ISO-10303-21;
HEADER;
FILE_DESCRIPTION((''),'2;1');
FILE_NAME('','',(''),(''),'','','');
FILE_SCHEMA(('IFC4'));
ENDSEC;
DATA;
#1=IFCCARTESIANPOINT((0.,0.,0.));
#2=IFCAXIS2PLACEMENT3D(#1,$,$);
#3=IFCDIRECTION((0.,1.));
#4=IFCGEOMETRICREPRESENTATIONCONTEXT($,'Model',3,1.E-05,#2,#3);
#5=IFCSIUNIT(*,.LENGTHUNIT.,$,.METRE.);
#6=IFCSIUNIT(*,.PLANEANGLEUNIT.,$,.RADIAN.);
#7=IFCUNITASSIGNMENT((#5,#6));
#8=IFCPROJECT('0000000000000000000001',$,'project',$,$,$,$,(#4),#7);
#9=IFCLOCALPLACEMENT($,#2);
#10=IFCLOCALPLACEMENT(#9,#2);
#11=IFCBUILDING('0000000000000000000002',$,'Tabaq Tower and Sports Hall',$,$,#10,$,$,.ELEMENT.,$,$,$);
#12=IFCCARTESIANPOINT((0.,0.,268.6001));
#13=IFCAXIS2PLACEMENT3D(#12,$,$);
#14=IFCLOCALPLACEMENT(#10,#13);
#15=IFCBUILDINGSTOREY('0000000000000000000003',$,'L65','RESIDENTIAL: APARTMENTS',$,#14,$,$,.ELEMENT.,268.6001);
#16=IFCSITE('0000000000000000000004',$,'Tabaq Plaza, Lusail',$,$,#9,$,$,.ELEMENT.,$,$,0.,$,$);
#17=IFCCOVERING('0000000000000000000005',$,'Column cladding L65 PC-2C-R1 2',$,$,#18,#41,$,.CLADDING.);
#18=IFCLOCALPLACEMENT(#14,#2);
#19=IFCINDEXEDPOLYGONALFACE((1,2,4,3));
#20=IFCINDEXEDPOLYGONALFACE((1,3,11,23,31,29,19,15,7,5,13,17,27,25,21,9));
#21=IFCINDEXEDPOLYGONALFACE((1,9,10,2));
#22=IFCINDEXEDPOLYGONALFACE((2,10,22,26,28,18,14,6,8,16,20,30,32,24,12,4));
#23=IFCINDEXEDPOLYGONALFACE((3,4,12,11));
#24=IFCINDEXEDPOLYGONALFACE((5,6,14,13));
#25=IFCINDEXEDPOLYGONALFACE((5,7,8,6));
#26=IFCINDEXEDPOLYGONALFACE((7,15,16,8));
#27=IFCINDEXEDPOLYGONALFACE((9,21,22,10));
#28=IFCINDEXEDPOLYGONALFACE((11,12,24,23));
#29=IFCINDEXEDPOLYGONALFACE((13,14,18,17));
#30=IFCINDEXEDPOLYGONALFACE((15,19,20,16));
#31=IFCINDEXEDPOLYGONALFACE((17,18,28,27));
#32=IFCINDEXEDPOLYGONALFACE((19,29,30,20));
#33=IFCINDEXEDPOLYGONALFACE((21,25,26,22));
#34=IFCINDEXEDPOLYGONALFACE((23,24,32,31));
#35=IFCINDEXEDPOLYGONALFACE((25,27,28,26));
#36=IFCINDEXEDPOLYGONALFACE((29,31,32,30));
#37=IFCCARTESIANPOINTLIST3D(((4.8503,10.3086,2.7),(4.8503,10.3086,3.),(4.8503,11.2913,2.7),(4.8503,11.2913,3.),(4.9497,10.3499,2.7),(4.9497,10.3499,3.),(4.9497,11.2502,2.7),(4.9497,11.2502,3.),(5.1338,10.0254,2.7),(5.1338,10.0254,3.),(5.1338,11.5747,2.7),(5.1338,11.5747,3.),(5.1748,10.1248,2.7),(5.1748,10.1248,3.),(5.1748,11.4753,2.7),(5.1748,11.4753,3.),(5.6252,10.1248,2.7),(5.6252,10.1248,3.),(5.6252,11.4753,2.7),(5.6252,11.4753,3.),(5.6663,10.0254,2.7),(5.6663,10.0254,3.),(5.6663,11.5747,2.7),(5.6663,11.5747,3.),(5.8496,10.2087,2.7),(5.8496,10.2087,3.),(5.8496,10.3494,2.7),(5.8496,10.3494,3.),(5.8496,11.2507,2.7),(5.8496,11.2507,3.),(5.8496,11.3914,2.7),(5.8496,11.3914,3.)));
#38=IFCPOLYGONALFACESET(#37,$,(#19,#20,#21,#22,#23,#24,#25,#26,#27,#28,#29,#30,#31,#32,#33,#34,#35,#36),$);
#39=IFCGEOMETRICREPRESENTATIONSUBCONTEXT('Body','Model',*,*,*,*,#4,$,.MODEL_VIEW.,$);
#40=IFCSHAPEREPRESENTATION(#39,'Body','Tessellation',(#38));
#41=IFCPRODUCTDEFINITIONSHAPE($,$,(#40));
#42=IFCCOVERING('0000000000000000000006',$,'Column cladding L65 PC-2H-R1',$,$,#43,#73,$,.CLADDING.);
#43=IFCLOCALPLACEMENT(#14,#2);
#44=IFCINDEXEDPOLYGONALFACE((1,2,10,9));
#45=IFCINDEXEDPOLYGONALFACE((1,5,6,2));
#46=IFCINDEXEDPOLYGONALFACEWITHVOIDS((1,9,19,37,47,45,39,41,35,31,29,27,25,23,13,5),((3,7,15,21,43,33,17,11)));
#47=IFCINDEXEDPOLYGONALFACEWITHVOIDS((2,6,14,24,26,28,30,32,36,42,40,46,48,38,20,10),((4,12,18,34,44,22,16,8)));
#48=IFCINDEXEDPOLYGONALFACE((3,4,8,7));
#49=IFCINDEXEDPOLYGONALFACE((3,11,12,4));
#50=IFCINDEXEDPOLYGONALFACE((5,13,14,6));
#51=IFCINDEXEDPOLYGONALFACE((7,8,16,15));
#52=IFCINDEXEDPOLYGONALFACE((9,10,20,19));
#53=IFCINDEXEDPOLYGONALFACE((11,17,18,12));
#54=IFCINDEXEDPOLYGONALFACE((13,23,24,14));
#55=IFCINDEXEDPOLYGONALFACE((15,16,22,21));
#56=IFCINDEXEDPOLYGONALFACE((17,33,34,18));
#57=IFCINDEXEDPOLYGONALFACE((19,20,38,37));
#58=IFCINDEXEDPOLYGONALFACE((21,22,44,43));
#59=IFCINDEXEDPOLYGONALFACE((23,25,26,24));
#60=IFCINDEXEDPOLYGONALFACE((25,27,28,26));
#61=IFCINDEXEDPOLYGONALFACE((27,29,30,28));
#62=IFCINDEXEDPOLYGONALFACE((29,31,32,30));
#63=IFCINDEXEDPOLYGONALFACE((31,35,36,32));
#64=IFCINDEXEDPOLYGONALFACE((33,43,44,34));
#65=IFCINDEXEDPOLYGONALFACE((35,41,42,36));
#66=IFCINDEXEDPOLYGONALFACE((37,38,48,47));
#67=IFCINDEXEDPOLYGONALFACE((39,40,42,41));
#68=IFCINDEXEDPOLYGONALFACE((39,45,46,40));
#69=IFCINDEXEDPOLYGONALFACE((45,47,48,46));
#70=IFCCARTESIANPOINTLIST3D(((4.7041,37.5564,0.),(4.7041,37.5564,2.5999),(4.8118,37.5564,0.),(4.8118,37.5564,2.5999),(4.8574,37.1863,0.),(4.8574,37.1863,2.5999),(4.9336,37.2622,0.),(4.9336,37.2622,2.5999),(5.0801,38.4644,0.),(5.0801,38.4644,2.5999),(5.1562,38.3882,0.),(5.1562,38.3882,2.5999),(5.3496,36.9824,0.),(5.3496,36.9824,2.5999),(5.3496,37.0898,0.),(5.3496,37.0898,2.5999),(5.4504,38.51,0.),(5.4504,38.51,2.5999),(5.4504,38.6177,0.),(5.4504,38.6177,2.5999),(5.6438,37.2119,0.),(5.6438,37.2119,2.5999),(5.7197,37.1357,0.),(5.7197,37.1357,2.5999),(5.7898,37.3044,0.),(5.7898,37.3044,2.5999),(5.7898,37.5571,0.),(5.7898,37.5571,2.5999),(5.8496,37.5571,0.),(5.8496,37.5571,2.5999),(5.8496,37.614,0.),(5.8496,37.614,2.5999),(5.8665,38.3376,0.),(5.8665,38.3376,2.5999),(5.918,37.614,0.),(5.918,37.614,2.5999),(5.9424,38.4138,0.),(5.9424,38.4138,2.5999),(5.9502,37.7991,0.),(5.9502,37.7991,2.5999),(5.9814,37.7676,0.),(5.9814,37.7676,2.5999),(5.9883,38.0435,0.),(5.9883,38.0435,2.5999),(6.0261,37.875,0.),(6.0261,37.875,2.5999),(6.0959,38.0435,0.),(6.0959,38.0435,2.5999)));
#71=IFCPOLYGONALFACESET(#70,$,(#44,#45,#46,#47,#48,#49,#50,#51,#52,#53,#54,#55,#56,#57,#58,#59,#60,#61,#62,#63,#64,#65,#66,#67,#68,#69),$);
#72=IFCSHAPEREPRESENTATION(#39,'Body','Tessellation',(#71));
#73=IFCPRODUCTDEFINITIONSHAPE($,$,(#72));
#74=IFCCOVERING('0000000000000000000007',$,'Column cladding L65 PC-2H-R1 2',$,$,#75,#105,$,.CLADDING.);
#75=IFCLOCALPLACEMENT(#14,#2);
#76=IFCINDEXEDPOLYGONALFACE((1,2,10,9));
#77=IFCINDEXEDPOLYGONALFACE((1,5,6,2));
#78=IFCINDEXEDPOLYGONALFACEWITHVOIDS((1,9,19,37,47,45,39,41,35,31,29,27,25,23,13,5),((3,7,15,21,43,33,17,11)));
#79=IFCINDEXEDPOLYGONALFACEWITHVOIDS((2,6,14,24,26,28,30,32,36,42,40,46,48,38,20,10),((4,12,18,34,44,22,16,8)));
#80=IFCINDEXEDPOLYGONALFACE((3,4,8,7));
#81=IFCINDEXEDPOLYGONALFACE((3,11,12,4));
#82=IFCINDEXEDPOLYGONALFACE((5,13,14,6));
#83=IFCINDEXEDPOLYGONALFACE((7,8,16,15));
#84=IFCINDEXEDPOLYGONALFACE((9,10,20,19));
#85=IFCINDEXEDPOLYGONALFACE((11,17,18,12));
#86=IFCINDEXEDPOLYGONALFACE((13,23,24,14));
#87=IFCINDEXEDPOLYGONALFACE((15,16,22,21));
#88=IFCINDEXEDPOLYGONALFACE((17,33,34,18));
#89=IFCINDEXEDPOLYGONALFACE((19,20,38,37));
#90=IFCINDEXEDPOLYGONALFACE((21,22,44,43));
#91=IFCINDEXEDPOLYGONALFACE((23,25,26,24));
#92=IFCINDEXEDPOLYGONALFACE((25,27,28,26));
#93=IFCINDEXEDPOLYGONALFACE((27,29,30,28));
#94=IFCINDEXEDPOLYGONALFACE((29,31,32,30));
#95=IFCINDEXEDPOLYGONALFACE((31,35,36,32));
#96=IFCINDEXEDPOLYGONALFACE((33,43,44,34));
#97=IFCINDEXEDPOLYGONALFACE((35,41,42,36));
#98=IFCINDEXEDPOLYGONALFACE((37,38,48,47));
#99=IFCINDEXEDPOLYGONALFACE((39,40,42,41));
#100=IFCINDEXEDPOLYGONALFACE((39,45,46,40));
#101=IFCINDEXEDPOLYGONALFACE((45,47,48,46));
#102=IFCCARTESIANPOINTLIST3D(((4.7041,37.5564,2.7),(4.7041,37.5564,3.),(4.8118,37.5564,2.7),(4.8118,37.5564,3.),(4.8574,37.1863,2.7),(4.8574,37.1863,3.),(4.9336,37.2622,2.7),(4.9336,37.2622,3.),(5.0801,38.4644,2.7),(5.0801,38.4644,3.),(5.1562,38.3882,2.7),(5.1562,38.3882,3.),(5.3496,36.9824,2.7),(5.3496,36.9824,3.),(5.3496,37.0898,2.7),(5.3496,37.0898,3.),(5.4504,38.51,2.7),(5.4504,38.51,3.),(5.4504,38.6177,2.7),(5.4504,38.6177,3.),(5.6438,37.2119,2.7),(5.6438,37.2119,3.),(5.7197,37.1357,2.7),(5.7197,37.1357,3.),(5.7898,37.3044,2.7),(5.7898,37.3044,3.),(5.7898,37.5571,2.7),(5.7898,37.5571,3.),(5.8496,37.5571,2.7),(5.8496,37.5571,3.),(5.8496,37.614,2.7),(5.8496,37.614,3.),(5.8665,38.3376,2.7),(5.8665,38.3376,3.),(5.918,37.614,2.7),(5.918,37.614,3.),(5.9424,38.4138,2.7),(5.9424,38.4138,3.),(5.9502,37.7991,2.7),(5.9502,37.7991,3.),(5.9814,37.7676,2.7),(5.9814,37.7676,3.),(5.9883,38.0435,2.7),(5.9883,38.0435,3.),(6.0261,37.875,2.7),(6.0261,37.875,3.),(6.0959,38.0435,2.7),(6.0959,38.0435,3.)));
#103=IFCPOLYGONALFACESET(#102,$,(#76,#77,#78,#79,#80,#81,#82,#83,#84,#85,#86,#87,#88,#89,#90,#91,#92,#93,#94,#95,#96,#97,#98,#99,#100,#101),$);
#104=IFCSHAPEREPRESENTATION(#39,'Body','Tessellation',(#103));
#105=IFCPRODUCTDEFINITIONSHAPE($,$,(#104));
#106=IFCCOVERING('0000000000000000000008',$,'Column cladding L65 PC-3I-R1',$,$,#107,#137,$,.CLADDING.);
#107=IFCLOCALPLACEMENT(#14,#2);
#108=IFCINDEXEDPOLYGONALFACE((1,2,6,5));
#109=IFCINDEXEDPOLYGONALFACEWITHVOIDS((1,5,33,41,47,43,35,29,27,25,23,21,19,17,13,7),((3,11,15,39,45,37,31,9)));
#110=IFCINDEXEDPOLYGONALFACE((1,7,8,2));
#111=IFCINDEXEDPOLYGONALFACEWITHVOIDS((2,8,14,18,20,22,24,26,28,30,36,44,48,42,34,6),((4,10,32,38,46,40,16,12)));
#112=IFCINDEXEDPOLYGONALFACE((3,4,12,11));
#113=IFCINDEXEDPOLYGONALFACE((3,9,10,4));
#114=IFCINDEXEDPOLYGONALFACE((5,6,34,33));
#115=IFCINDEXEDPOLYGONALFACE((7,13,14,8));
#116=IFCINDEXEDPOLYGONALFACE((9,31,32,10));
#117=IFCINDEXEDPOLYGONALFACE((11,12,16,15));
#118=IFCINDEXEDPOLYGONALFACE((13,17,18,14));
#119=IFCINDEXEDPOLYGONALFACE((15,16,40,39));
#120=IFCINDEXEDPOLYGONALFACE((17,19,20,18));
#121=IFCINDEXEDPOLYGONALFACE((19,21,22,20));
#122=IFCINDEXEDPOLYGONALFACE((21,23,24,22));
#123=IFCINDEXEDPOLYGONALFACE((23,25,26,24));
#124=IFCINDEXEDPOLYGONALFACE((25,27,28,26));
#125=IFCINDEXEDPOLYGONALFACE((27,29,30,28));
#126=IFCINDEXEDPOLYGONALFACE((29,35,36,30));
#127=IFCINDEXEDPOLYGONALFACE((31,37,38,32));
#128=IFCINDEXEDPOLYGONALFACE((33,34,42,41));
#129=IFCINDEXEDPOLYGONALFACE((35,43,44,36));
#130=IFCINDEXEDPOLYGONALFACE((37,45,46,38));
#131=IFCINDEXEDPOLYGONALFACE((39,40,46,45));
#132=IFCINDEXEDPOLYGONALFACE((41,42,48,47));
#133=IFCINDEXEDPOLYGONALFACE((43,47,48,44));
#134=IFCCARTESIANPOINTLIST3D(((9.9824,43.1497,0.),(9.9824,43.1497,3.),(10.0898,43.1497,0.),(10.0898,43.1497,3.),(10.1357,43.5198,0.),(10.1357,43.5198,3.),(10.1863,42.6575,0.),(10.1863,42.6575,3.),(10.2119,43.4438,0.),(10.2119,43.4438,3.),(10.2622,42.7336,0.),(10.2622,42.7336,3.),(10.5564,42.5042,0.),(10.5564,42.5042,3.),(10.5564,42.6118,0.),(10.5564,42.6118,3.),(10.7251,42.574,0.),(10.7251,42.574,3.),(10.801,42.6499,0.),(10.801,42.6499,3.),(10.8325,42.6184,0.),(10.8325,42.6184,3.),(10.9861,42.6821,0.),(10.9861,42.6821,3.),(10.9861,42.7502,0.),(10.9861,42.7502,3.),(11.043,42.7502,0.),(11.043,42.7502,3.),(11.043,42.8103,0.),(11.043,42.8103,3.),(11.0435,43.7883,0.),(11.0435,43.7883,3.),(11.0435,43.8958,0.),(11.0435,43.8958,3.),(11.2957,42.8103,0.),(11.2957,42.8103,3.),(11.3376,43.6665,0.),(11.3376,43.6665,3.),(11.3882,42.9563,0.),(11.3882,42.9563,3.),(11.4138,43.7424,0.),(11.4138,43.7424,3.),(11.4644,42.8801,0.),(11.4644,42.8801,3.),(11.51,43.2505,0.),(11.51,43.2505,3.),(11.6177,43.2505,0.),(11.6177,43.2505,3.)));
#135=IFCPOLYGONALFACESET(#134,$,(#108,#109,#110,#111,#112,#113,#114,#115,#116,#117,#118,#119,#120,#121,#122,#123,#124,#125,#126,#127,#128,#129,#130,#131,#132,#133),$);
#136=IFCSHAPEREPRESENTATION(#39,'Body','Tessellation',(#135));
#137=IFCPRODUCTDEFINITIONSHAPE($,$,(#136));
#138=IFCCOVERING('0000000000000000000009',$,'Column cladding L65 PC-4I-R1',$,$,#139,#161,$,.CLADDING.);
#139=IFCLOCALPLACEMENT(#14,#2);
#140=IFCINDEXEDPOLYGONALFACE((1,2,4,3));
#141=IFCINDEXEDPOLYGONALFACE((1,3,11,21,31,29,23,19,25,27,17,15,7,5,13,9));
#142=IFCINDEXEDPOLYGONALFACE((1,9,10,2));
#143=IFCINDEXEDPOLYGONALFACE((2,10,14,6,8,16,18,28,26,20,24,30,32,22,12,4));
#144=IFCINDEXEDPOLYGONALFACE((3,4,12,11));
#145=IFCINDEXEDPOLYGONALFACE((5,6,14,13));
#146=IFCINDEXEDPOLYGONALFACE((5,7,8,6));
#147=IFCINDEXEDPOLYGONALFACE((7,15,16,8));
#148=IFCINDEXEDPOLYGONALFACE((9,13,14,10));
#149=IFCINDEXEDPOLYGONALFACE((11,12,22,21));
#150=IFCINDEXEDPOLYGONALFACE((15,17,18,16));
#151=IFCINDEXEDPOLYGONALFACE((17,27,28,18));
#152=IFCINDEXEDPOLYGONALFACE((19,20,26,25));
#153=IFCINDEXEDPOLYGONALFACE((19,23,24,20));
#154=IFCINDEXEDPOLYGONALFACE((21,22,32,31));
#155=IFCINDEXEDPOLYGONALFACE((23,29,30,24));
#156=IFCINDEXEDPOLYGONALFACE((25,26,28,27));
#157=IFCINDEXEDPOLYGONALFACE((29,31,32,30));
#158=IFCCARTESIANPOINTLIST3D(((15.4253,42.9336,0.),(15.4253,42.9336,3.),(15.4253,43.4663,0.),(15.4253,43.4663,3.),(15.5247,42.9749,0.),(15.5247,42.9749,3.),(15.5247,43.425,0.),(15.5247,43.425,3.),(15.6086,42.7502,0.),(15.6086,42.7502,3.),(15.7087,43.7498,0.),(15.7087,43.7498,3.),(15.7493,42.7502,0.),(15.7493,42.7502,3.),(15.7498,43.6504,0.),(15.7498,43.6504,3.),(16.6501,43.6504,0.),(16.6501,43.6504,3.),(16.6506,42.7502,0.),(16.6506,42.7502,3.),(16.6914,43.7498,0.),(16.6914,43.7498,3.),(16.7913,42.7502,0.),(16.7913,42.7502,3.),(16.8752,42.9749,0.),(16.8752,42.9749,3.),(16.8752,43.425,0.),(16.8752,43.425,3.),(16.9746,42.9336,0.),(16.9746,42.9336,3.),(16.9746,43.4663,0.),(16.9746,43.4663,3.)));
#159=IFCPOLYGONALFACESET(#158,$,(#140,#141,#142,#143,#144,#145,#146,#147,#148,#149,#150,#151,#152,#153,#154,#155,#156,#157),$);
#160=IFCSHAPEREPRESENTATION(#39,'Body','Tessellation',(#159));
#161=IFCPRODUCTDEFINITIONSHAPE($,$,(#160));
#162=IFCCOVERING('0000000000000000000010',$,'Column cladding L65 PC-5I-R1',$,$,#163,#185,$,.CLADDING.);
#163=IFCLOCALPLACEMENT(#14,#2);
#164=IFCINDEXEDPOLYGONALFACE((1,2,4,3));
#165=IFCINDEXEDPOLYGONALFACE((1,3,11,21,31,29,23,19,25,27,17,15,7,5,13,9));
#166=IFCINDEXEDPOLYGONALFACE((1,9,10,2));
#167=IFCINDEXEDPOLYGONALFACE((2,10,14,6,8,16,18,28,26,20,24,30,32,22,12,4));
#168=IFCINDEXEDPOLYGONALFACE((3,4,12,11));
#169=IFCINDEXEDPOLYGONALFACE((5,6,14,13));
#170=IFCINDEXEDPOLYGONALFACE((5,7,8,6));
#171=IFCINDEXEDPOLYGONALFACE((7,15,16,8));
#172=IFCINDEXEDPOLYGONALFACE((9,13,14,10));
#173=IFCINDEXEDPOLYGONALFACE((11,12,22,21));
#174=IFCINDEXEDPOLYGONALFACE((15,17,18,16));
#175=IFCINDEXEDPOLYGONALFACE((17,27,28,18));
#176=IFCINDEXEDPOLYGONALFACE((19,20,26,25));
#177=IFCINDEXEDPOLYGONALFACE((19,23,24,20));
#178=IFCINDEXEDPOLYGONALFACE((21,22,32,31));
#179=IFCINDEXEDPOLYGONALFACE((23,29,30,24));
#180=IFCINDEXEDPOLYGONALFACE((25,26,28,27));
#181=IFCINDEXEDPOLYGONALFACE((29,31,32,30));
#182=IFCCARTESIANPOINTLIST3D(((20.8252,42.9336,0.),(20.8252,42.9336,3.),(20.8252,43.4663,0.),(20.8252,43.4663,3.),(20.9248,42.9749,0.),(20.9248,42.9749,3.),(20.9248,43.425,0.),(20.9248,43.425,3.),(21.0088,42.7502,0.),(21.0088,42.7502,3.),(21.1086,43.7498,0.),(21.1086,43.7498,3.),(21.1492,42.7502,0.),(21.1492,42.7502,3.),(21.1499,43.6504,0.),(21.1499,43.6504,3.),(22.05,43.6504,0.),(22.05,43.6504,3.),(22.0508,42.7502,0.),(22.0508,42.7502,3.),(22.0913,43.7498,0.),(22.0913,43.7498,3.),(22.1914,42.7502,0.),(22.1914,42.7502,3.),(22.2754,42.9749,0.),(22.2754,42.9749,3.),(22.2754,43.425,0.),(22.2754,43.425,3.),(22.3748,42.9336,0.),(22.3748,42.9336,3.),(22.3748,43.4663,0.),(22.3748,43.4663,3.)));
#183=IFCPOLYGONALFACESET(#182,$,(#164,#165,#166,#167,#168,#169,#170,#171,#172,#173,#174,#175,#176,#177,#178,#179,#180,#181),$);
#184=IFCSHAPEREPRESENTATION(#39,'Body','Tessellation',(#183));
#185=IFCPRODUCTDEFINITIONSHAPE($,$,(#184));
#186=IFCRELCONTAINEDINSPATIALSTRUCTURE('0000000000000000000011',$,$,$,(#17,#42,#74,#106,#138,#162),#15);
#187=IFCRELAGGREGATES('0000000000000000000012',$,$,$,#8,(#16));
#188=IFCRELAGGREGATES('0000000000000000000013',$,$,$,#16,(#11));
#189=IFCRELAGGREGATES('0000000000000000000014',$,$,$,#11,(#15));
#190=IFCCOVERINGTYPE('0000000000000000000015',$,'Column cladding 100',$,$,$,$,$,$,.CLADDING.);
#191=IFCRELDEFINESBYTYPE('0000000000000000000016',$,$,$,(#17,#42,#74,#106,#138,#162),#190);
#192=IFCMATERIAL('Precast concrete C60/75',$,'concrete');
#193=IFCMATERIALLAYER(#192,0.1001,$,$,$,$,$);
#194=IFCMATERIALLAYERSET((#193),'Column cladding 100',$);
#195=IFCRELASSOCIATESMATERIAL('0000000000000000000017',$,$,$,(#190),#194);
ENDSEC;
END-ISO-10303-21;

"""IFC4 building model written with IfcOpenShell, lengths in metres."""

from ifc_helpers import new_model, si_unit, direction, frame, origin, place, context, subcontext, project, spatial, polyline, outline, extrude, material, layer, layer_set, type_object, element, save


model = new_model("IFC4")

# Units and contexts
model_context = context("Model", 3, precision=1e-05, world=origin(), true_north=direction((0.0, 1.0)))
body_context = subcontext(model_context, "Body", "Model", "MODEL_VIEW")
ifc_project = project(units=[si_unit("LENGTHUNIT", "METRE"), si_unit("PLANEANGLEUNIT", "RADIAN")], contexts=[model_context])

# Site, building, storey
site_placement = place(None, origin())
site = spatial("IfcSite", under=ifc_project, at=site_placement, Name="Tabaq Plaza, Lusail", CompositionType="ELEMENT", RefElevation=0.0)
building_placement = place(site_placement, origin())
building = spatial("IfcBuilding", under=site, at=building_placement, Name="Tabaq Tower and Sports Hall", CompositionType="ELEMENT")
storey_placement = place(building_placement, frame((0.0, 0.0, 268.6001)))
storey = spatial("IfcBuildingStorey", under=building, at=storey_placement, Name="L65", Description="RESIDENTIAL: APARTMENTS", CompositionType="ELEMENT", Elevation=268.6001)

# Coverings
ifc_material_1 = material(Name="Precast concrete C60/75", Category="concrete")
ifc_layer_1 = layer(ifc_material_1, 0.1001)
ifc_layer_set_1 = layer_set([ifc_layer_1], Name="Column cladding 100")
covering_type_1 = type_object("IfcCoveringType", Name="Column cladding 100", PredefinedType="CLADDING", material=ifc_layer_set_1)
covering_1_placement = place(storey_placement, frame((0.0, 0.0, 2.7)))
element("IfcCovering", 1, at=covering_1_placement, inside=storey, type_object=covering_type_1, Name="Column cladding L65 PC-2C-R1 2", PredefinedType="CLADDING", context=body_context, shape_type="SweptSolid", body=[
    extrude(outline(polyline([(5.1338, 10.0254), (4.8503, 10.3086), (4.8503, 11.2913), (5.1338, 11.5747), (5.6663, 11.5747), (5.8496, 11.3914), (5.8496, 11.2507), (5.6252, 11.4753), (5.1748, 11.4753), (4.9497, 11.2502), (4.9497, 10.3499), (5.1748, 10.1248), (5.6252, 10.1248), (5.8496, 10.3494), (5.8496, 10.2087), (5.6663, 10.0254), (5.1338, 10.0254)])), origin(), (0.0, 0.0, 1.0), 0.3),
])
covering_2_placement = place(storey_placement, origin())
element("IfcCovering", 2, at=covering_2_placement, inside=storey, type_object=covering_type_1, Name="Column cladding L65 PC-2H-R1", PredefinedType="CLADDING", context=body_context, shape_type="SweptSolid", body=[
    extrude(outline(polyline([(4.8574, 37.1863), (4.7041, 37.5564), (5.0801, 38.4644), (5.4504, 38.6177), (5.9424, 38.4138), (6.0959, 38.0435), (6.0261, 37.875), (5.9502, 37.7991), (5.9814, 37.7676), (5.918, 37.614), (5.8496, 37.614), (5.8496, 37.5571), (5.7898, 37.5571), (5.7898, 37.3044), (5.7197, 37.1357), (5.3496, 36.9824), (4.8574, 37.1863)]), holes=[polyline([(5.8665, 38.3376), (5.4504, 38.51), (5.1562, 38.3882), (4.8118, 37.5564), (4.9336, 37.2622), (5.3496, 37.0898), (5.6438, 37.2119), (5.9883, 38.0435), (5.8665, 38.3376)])]), origin(), (0.0, 0.0, 1.0), 2.5999),
])
covering_3_placement = place(storey_placement, frame((0.0, 0.0, 2.7)))
element("IfcCovering", 3, at=covering_3_placement, inside=storey, type_object=covering_type_1, Name="Column cladding L65 PC-2H-R1 2", PredefinedType="CLADDING", context=body_context, shape_type="SweptSolid", body=[
    extrude(outline(polyline([(4.8574, 37.1863), (4.7041, 37.5564), (5.0801, 38.4644), (5.4504, 38.6177), (5.9424, 38.4138), (6.0959, 38.0435), (6.0261, 37.875), (5.9502, 37.7991), (5.9814, 37.7676), (5.918, 37.614), (5.8496, 37.614), (5.8496, 37.5571), (5.7898, 37.5571), (5.7898, 37.3044), (5.7197, 37.1357), (5.3496, 36.9824), (4.8574, 37.1863)]), holes=[polyline([(5.8665, 38.3376), (5.4504, 38.51), (5.1562, 38.3882), (4.8118, 37.5564), (4.9336, 37.2622), (5.3496, 37.0898), (5.6438, 37.2119), (5.9883, 38.0435), (5.8665, 38.3376)])]), origin(), (0.0, 0.0, 1.0), 0.3),
])
covering_4_placement = place(storey_placement, origin())
element("IfcCovering", 4, at=covering_4_placement, inside=storey, type_object=covering_type_1, Name="Column cladding L65 PC-3I-R1", PredefinedType="CLADDING", context=body_context, shape_type="SweptSolid", body=[
    extrude(outline(polyline([(9.9824, 43.1497), (10.1357, 43.5198), (11.0435, 43.8958), (11.4138, 43.7424), (11.6177, 43.2505), (11.4644, 42.8801), (11.2957, 42.8103), (11.043, 42.8103), (11.043, 42.7502), (10.9861, 42.7502), (10.9861, 42.6821), (10.8325, 42.6184), (10.801, 42.6499), (10.7251, 42.574), (10.5564, 42.5042), (10.1863, 42.6575), (9.9824, 43.1497)]), holes=[polyline([(11.51, 43.2505), (11.3376, 43.6665), (11.0435, 43.7883), (10.2119, 43.4438), (10.0898, 43.1497), (10.2622, 42.7336), (10.5564, 42.6118), (11.3882, 42.9563), (11.51, 43.2505)])]), origin(), (0.0, 0.0, 1.0), 3.0),
])
covering_5_placement = place(storey_placement, origin())
element("IfcCovering", 5, at=covering_5_placement, inside=storey, type_object=covering_type_1, Name="Column cladding L65 PC-4I-R1", PredefinedType="CLADDING", context=body_context, shape_type="SweptSolid", body=[
    extrude(outline(polyline([(15.4253, 43.4663), (15.7087, 43.7498), (16.6914, 43.7498), (16.9746, 43.4663), (16.9746, 42.9336), (16.7913, 42.7502), (16.6506, 42.7502), (16.8752, 42.9749), (16.8752, 43.425), (16.6501, 43.6504), (15.7498, 43.6504), (15.5247, 43.425), (15.5247, 42.9749), (15.7493, 42.7502), (15.6086, 42.7502), (15.4253, 42.9336), (15.4253, 43.4663)])), origin(), (0.0, 0.0, 1.0), 3.0),
])
covering_6_placement = place(storey_placement, origin())
element("IfcCovering", 6, at=covering_6_placement, inside=storey, type_object=covering_type_1, Name="Column cladding L65 PC-5I-R1", PredefinedType="CLADDING", context=body_context, shape_type="SweptSolid", body=[
    extrude(outline(polyline([(20.8252, 43.4663), (21.1086, 43.7498), (22.0913, 43.7498), (22.3748, 43.4663), (22.3748, 42.9336), (22.1914, 42.7502), (22.0508, 42.7502), (22.2754, 42.9749), (22.2754, 43.425), (22.05, 43.6504), (21.1499, 43.6504), (20.9248, 43.425), (20.9248, 42.9749), (21.1492, 42.7502), (21.0088, 42.7502), (20.8252, 42.9336), (20.8252, 43.4663)])), origin(), (0.0, 0.0, 1.0), 3.0),
])

save(model, "model.ifc")
